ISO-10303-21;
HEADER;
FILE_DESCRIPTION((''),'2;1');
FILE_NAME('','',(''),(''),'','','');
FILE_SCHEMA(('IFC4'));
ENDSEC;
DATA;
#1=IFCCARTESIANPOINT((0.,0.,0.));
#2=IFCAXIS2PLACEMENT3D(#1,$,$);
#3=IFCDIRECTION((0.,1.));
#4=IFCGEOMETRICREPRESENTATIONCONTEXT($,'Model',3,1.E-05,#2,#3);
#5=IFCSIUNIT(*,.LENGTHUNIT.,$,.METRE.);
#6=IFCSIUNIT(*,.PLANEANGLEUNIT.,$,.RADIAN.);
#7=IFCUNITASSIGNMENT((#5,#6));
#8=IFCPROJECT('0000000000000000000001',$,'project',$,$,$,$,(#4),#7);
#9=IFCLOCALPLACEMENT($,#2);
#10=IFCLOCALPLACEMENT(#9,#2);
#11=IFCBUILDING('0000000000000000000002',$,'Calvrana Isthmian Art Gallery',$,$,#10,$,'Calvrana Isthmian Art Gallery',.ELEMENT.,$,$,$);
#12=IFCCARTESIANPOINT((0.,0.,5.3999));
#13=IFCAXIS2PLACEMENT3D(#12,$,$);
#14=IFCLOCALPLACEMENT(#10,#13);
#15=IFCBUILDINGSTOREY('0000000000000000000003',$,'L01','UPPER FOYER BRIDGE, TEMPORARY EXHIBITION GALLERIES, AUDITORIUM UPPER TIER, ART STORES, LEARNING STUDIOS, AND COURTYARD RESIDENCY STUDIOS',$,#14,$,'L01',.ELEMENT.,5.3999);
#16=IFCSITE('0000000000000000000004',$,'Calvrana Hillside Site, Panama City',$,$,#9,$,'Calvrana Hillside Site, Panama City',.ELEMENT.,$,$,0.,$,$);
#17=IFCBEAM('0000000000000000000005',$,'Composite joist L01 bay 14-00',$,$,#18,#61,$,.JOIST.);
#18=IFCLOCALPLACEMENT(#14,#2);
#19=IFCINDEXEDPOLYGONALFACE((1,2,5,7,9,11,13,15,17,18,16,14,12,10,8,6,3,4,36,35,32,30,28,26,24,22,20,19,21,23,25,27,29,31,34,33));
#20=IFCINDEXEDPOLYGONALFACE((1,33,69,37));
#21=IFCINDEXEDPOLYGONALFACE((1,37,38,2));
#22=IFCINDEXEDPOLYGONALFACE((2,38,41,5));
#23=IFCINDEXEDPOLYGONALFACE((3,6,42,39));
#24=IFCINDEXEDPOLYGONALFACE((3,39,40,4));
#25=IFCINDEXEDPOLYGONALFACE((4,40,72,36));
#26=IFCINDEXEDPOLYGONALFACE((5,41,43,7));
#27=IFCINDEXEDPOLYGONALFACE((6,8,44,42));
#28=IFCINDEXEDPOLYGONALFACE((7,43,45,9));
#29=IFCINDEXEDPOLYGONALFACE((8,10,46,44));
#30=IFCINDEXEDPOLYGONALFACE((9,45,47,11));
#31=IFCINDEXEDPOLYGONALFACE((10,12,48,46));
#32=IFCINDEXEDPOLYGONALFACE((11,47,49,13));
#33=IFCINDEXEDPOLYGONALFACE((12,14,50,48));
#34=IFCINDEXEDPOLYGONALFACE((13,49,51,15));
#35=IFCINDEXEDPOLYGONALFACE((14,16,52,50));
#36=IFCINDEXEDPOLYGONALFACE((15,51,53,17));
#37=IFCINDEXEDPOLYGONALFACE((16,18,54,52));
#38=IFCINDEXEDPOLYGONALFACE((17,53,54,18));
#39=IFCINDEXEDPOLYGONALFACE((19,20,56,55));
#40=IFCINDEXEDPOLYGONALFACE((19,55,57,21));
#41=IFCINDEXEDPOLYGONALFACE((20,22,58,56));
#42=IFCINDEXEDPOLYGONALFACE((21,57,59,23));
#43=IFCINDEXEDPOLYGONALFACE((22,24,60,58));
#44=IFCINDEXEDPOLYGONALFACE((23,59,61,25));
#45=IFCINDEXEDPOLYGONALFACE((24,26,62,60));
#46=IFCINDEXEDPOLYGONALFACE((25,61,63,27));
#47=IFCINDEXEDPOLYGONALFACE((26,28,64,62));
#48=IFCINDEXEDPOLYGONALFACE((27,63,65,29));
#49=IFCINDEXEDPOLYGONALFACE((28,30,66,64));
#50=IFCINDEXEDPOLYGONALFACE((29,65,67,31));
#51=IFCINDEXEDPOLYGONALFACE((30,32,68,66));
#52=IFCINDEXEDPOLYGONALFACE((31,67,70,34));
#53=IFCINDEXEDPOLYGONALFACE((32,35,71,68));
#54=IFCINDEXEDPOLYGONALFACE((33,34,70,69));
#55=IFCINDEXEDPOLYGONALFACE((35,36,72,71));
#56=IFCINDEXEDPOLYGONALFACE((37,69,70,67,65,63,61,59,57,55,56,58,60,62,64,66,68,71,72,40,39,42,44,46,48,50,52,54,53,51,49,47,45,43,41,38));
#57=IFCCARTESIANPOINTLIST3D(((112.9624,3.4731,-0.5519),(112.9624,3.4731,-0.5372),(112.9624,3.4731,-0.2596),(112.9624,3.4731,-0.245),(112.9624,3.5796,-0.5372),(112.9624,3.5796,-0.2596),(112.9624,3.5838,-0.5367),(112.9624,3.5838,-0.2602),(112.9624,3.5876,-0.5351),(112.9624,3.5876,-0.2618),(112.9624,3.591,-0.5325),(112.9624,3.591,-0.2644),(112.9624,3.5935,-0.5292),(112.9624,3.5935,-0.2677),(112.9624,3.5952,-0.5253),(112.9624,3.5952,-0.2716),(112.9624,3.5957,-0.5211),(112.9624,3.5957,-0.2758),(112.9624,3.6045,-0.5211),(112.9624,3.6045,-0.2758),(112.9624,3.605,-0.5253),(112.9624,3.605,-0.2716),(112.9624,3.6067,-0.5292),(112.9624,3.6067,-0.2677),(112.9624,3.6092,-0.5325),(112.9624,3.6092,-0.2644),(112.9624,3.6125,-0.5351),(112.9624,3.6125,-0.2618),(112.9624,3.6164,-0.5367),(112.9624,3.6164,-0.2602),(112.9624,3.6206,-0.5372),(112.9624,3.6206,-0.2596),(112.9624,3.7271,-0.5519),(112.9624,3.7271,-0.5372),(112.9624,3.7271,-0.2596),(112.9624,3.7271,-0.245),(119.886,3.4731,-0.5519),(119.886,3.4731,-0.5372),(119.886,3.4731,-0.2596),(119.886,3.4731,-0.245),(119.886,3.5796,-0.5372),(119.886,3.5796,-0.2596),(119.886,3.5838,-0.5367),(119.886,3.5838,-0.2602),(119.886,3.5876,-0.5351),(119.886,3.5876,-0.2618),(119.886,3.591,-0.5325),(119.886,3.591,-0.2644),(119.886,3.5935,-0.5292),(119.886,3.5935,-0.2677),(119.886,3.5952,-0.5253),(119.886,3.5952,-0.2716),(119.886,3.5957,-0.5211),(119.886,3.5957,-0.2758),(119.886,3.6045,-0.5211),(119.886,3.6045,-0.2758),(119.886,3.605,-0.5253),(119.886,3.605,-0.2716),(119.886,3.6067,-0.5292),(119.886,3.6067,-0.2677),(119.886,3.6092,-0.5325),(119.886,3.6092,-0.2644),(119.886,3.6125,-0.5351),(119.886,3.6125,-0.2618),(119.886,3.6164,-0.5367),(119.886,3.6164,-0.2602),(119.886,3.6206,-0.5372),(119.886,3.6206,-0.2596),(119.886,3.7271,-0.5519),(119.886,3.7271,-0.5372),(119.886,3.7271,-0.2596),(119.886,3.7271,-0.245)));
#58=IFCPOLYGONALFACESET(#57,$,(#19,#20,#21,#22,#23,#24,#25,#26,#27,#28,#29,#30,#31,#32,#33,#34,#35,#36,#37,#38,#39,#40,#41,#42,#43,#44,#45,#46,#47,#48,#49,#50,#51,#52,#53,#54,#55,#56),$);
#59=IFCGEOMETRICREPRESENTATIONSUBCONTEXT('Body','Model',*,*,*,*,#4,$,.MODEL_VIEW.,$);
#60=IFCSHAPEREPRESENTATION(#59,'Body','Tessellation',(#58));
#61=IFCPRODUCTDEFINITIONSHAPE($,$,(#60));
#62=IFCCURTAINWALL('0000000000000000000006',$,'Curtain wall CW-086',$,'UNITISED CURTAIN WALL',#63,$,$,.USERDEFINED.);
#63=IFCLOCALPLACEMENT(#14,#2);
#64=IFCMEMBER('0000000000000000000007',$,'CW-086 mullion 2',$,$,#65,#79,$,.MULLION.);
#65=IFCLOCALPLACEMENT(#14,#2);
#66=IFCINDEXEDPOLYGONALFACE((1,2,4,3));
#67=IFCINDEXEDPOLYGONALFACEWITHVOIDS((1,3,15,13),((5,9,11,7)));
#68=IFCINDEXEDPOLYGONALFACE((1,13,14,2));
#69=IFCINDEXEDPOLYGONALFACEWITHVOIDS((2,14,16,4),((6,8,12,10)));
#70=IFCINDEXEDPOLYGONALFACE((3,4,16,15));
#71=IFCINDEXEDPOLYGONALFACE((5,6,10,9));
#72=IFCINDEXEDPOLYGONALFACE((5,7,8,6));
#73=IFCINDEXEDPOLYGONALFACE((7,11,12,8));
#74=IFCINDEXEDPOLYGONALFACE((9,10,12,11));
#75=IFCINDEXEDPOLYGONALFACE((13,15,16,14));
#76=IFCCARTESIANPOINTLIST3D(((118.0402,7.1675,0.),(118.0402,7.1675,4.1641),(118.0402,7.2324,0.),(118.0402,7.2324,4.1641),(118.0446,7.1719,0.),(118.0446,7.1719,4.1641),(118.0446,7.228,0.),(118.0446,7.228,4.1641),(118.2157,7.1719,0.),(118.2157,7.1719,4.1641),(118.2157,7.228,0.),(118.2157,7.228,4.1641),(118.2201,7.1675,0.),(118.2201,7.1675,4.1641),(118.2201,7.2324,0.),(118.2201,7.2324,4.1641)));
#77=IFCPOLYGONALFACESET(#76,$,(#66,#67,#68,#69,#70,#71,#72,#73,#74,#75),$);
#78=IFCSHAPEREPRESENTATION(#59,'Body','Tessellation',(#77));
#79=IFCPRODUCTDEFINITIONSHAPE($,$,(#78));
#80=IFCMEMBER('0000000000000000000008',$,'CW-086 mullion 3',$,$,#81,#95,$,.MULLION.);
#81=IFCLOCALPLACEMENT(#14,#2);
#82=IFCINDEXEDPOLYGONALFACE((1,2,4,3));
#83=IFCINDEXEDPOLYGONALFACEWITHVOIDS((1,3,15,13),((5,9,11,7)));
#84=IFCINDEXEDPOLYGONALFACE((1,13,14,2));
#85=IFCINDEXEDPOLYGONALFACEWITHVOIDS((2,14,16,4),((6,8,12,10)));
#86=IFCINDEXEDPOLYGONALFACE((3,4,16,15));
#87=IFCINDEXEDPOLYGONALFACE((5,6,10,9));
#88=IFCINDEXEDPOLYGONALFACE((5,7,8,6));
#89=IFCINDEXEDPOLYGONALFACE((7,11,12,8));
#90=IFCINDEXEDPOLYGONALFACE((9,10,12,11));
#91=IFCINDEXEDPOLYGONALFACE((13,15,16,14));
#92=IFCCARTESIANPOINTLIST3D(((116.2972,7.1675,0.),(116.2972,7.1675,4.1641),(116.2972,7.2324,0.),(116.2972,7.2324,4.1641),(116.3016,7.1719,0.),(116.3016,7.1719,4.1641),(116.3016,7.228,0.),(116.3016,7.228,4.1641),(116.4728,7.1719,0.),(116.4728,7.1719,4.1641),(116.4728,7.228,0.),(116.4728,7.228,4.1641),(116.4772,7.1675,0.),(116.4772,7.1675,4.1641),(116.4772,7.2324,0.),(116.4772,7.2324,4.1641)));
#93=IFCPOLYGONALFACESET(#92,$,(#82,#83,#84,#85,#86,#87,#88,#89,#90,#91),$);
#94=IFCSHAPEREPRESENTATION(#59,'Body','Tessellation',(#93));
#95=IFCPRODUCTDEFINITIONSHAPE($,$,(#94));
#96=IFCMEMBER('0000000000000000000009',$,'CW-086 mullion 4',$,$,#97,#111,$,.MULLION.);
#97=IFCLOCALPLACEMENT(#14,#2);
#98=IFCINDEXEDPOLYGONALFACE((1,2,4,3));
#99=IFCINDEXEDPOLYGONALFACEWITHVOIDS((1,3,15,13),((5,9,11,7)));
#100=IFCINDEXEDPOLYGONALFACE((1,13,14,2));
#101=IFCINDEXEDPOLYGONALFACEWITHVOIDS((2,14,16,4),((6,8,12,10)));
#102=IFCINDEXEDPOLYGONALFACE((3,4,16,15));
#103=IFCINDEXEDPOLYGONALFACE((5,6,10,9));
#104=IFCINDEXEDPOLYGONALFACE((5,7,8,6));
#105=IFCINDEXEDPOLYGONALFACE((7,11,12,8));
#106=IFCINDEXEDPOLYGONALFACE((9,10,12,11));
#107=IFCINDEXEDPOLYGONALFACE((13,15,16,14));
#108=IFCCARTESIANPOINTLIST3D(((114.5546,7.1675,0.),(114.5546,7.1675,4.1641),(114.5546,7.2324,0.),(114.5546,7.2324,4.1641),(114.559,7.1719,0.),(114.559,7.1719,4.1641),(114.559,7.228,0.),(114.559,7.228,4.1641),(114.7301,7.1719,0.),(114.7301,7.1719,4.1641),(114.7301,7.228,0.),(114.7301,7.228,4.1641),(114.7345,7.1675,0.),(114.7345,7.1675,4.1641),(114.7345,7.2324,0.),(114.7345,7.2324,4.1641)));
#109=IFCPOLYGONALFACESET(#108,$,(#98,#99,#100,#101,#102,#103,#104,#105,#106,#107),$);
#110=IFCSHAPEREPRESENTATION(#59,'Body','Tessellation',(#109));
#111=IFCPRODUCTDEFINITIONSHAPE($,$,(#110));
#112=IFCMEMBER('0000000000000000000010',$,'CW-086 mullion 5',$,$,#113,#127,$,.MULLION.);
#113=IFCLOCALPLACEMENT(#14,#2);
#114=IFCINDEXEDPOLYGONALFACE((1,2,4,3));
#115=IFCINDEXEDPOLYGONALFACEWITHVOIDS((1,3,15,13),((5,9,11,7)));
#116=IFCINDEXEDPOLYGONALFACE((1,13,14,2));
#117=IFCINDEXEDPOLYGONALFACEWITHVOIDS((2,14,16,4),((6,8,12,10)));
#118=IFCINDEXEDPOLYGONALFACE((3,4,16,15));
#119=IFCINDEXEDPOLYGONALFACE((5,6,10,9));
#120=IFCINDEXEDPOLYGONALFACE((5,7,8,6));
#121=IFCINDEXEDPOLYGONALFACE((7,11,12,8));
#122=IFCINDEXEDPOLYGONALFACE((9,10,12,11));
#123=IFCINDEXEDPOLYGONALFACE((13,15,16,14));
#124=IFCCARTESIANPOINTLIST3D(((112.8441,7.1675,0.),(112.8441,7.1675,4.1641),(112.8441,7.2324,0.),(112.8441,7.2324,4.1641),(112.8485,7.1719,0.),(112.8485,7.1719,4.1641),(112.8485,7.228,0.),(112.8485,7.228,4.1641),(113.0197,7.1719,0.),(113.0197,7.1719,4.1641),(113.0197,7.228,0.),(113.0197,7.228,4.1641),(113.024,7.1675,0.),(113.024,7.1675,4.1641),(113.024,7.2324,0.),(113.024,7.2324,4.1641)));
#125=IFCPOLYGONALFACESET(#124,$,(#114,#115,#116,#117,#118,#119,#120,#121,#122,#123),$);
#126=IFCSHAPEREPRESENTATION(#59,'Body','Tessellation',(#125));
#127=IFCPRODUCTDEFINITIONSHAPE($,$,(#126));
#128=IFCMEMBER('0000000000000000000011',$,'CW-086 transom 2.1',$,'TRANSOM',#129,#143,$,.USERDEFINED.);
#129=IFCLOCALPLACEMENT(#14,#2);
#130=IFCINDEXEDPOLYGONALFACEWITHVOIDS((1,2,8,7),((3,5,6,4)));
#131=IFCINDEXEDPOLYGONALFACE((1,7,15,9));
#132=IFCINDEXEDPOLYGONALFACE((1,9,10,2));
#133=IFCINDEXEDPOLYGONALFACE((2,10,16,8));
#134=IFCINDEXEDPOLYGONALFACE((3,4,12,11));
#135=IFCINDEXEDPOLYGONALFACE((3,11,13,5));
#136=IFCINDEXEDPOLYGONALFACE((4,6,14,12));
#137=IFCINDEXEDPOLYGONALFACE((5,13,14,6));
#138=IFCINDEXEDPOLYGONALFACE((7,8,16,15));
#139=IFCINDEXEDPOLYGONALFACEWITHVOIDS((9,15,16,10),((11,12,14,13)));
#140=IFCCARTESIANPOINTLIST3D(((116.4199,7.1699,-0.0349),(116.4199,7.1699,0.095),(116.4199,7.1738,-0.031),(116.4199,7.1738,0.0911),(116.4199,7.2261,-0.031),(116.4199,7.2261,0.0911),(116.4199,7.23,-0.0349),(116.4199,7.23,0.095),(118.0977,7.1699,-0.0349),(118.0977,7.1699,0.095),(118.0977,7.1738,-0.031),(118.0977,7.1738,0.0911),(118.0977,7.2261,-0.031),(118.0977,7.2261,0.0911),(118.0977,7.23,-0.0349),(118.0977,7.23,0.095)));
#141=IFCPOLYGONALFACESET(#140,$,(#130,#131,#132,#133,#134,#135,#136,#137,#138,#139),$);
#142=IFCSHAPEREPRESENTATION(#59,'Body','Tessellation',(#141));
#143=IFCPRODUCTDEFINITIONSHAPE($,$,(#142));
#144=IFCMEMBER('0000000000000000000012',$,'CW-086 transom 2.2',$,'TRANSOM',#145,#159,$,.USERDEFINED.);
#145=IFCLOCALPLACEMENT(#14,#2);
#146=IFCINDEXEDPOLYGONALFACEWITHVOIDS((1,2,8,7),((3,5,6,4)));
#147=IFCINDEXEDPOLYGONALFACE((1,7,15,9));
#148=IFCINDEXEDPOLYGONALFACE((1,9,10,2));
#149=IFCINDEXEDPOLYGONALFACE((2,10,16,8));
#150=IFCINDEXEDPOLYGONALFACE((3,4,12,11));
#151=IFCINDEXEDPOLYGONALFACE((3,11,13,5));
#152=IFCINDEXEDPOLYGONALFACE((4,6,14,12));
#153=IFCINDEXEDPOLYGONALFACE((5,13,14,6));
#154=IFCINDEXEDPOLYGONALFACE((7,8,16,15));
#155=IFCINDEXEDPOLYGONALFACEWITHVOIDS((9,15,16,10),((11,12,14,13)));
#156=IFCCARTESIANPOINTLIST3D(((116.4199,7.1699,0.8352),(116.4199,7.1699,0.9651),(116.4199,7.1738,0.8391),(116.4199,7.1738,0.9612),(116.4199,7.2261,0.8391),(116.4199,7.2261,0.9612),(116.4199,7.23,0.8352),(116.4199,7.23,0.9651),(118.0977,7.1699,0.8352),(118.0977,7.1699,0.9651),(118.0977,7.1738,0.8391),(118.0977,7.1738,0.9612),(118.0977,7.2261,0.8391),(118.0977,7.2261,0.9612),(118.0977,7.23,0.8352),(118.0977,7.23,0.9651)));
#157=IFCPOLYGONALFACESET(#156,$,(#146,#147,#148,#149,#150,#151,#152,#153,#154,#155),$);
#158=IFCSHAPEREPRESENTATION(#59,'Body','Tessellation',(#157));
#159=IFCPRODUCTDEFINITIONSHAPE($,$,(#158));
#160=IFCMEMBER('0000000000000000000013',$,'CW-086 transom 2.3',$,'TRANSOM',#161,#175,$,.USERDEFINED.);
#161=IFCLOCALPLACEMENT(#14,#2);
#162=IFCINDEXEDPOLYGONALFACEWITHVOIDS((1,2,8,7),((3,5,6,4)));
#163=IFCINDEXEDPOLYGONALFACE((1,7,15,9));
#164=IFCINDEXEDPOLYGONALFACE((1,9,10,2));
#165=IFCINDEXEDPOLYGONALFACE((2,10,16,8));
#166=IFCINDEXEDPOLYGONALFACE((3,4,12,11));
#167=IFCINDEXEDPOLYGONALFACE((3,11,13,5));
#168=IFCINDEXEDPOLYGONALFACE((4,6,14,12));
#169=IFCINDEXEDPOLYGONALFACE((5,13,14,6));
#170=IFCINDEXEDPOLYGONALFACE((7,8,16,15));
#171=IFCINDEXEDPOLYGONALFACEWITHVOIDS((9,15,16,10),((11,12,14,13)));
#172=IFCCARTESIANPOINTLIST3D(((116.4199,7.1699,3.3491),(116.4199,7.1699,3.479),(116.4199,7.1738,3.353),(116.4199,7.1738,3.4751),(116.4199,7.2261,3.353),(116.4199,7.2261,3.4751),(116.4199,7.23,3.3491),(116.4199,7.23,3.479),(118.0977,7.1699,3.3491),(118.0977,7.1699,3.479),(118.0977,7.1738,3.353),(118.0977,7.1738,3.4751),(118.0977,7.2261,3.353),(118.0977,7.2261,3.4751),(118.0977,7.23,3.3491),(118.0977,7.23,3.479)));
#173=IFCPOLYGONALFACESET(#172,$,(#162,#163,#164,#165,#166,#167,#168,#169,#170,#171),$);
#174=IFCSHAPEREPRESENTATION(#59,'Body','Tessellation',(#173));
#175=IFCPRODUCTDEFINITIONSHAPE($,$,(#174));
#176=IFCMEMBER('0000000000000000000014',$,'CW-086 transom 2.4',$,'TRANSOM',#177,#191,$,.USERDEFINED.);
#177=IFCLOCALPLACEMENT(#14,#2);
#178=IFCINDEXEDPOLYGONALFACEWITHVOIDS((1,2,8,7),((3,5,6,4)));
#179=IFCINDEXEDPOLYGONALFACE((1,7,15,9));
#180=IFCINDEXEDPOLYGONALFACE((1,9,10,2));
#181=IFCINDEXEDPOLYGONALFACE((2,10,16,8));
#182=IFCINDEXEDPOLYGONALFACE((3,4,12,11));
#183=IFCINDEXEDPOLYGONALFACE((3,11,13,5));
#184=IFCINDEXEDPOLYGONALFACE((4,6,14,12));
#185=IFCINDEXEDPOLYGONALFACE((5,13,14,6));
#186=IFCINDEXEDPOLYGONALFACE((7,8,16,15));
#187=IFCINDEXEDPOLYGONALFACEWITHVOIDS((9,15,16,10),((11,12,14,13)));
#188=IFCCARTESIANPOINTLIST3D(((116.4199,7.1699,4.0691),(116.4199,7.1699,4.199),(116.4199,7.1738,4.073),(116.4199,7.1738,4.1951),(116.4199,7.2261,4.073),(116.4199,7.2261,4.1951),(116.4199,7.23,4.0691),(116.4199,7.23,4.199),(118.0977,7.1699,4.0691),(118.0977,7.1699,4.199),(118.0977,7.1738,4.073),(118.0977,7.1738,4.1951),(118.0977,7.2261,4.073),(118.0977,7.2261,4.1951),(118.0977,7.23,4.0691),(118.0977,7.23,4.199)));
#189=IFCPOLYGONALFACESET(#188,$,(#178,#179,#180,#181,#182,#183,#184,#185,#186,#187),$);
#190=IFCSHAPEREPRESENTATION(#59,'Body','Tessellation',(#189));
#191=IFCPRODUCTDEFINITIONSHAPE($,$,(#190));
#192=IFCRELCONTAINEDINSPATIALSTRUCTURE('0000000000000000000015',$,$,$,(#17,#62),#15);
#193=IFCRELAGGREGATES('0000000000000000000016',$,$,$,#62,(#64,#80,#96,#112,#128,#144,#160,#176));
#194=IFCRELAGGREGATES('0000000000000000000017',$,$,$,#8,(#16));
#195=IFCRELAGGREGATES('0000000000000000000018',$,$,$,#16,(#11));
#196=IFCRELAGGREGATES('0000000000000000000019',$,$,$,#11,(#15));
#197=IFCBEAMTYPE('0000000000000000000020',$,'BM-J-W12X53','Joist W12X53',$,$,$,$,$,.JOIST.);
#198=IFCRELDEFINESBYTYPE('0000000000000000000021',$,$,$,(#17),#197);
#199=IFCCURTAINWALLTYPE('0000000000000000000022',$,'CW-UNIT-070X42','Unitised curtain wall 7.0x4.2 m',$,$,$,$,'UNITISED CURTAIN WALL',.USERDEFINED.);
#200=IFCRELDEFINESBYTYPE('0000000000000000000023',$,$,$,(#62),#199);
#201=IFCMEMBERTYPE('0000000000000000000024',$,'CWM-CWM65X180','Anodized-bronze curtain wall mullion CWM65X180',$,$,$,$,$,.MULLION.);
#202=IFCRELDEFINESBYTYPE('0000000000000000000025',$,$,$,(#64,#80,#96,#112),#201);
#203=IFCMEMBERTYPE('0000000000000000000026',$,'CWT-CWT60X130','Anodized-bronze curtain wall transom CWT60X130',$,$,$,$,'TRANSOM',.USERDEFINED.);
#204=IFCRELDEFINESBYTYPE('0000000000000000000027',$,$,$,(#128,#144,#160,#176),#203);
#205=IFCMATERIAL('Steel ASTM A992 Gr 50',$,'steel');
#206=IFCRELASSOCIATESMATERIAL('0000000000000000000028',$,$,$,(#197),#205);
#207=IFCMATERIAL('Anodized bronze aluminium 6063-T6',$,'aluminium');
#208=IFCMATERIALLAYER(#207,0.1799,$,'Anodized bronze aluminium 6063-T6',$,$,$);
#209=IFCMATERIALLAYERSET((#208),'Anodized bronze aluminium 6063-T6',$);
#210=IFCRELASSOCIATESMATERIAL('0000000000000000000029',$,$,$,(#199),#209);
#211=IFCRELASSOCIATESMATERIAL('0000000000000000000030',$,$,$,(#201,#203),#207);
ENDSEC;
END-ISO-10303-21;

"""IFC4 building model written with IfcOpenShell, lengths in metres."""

from ifc_helpers import new_model, si_unit, direction, frame, origin, origin_2d, place, context, subcontext, project, spatial, hollow_rectangle, i_section, extrude, material, layer, layer_set, material_profile, profile_set, type_object, element, aggregate, save


model = new_model("IFC4")

# Units and contexts
model_context = context("Model", 3, precision=1e-05, world=origin(), true_north=direction((0.0, 1.0)))
body_context = subcontext(model_context, "Body", "Model", "MODEL_VIEW")
ifc_project = project(units=[si_unit("LENGTHUNIT", "METRE"), si_unit("PLANEANGLEUNIT", "RADIAN")], contexts=[model_context])

# Site, building, storey
site_placement = place(None, origin())
site = spatial("IfcSite", under=ifc_project, at=site_placement, Name="Calvrana Hillside Site, Panama City", LongName="Calvrana Hillside Site, Panama City", CompositionType="ELEMENT", RefElevation=0.0)
building_placement = place(site_placement, origin())
building = spatial("IfcBuilding", under=site, at=building_placement, Name="Calvrana Isthmian Art Gallery", LongName="Calvrana Isthmian Art Gallery", CompositionType="ELEMENT")
storey_placement = place(building_placement, frame((0.0, 0.0, 5.3999)))
storey = spatial("IfcBuildingStorey", under=building, at=storey_placement, Name="L01", Description="UPPER FOYER BRIDGE, TEMPORARY EXHIBITION GALLERIES, AUDITORIUM UPPER TIER, ART STORES, LEARNING STUDIOS, AND COURTYARD RESIDENCY STUDIOS", LongName="L01", CompositionType="ELEMENT", Elevation=5.3999)

# Beam
ifc_material_1 = material(Name="Steel ASTM A992 Gr 50", Category="steel")
ifc_material_profile_1 = material_profile(ifc_material_1, i_section(OverallWidth=0.2539, OverallDepth=0.3069, WebThickness=0.0088, FlangeThickness=0.0146, FilletRadius=0.0161, at=origin_2d()), Name="W12X53")
ifc_profile_set_1 = profile_set([ifc_material_profile_1], Name="Steel ASTM A992 Gr 50")
beam_type_1 = type_object("IfcBeamType", Name="BM-J-W12X53", Description="Joist W12X53", PredefinedType="JOIST", material=ifc_profile_set_1)
beam_1_placement = place(storey_placement, frame((112.9624, 3.6001, -0.3984), z_axis=(1.0, 0.0, 0.0), x_axis=(0.0, 1.0, 0.0)))
element("IfcBeam", 1, at=beam_1_placement, inside=storey, type_object=beam_type_1, Name="Composite joist L01 bay 14-00", PredefinedType="JOIST", context=body_context, shape_type="SweptSolid", body=[
    extrude(i_section(OverallWidth=0.2539, OverallDepth=0.3069, WebThickness=0.0088, FlangeThickness=0.0146, FilletRadius=0.0161, at=origin_2d()), origin(), (0.0, 0.0, 1.0), 6.9236),
])

# Curtain wall, members
ifc_material_2 = material(Name="Anodized bronze aluminium 6063-T6", Category="aluminium")
ifc_layer_1 = layer(ifc_material_2, 0.1799, Name="Anodized bronze aluminium 6063-T6")
ifc_layer_set_1 = layer_set([ifc_layer_1], Name="Anodized bronze aluminium 6063-T6")
curtain_wall_type = type_object("IfcCurtainWallType", Name="CW-UNIT-070X42", Description="Unitised curtain wall 7.0x4.2 m", ElementType="UNITISED CURTAIN WALL", PredefinedType="USERDEFINED", material=ifc_layer_set_1)
curtain_wall_placement = place(storey_placement, origin())
curtain_wall = element("IfcCurtainWall", 2, at=curtain_wall_placement, inside=storey, type_object=curtain_wall_type, Name="Curtain wall CW-086", ObjectType="UNITISED CURTAIN WALL", PredefinedType="USERDEFINED")
ifc_material_profile_2 = material_profile(ifc_material_2, hollow_rectangle(XDim=0.0649, YDim=0.1799, WallThickness=0.0044, at=origin_2d()), Name="CWM65X180")
ifc_profile_set_2 = profile_set([ifc_material_profile_2], Name="Anodized bronze aluminium 6063-T6")
member_type_1 = type_object("IfcMemberType", Name="CWM-CWM65X180", Description="Anodized-bronze curtain wall mullion CWM65X180", PredefinedType="MULLION", material=ifc_profile_set_2)
member_1_placement = place(storey_placement, frame((118.1301, 7.2, 0.0), z_axis=(0.0, 0.0, 1.0), x_axis=(0.0, -1.0, 0.0)))
member_1 = element("IfcMember", 3, at=member_1_placement, type_object=member_type_1, Name="CW-086 mullion 2", PredefinedType="MULLION", context=body_context, shape_type="SweptSolid", body=[
    extrude(hollow_rectangle(XDim=0.0649, YDim=0.1799, WallThickness=0.0044, at=origin_2d()), origin(), (0.0, 0.0, 1.0), 4.1641),
])
member_2_placement = place(storey_placement, frame((116.3872, 7.2, 0.0), z_axis=(0.0, 0.0, 1.0), x_axis=(0.0, -1.0, 0.0)))
member_2 = element("IfcMember", 4, at=member_2_placement, type_object=member_type_1, Name="CW-086 mullion 3", PredefinedType="MULLION", context=body_context, shape_type="SweptSolid", body=[
    extrude(hollow_rectangle(XDim=0.0649, YDim=0.1799, WallThickness=0.0044, at=origin_2d()), origin(), (0.0, 0.0, 1.0), 4.1641),
])
member_3_placement = place(storey_placement, frame((114.6445, 7.2, 0.0), z_axis=(0.0, 0.0, 1.0), x_axis=(0.0, -1.0, 0.0)))
member_3 = element("IfcMember", 5, at=member_3_placement, type_object=member_type_1, Name="CW-086 mullion 4", PredefinedType="MULLION", context=body_context, shape_type="SweptSolid", body=[
    extrude(hollow_rectangle(XDim=0.0649, YDim=0.1799, WallThickness=0.0044, at=origin_2d()), origin(), (0.0, 0.0, 1.0), 4.1641),
])
member_4_placement = place(storey_placement, frame((112.9341, 7.2, 0.0), z_axis=(0.0, 0.0, 1.0), x_axis=(0.0, -1.0, 0.0)))
member_4 = element("IfcMember", 6, at=member_4_placement, type_object=member_type_1, Name="CW-086 mullion 5", PredefinedType="MULLION", context=body_context, shape_type="SweptSolid", body=[
    extrude(hollow_rectangle(XDim=0.0649, YDim=0.1799, WallThickness=0.0044, at=origin_2d()), origin(), (0.0, 0.0, 1.0), 4.1641),
])
ifc_material_profile_3 = material_profile(ifc_material_2, hollow_rectangle(XDim=0.0601, YDim=0.1299, WallThickness=0.0039, at=origin_2d()), Name="CWT60X130")
ifc_profile_set_3 = profile_set([ifc_material_profile_3], Name="Anodized bronze aluminium 6063-T6")
member_type_2 = type_object("IfcMemberType", Name="CWT-CWT60X130", Description="Anodized-bronze curtain wall transom CWT60X130", ElementType="TRANSOM", PredefinedType="USERDEFINED", material=ifc_profile_set_3)
member_5_placement = place(storey_placement, frame((118.0977, 7.2, 0.03), z_axis=(-1.0, 0.0, 0.0), x_axis=(0.0, -1.0, 0.0)))
member_5 = element("IfcMember", 7, at=member_5_placement, type_object=member_type_2, Name="CW-086 transom 2.1", ObjectType="TRANSOM", PredefinedType="USERDEFINED", context=body_context, shape_type="SweptSolid", body=[
    extrude(hollow_rectangle(XDim=0.0601, YDim=0.1299, WallThickness=0.0039, at=origin_2d()), origin(), (0.0, 0.0, 1.0), 1.6777),
])
member_6_placement = place(storey_placement, frame((118.0977, 7.2, 0.9001), z_axis=(-1.0, 0.0, 0.0), x_axis=(0.0, -1.0, 0.0)))
member_6 = element("IfcMember", 8, at=member_6_placement, type_object=member_type_2, Name="CW-086 transom 2.2", ObjectType="TRANSOM", PredefinedType="USERDEFINED", context=body_context, shape_type="SweptSolid", body=[
    extrude(hollow_rectangle(XDim=0.0601, YDim=0.1299, WallThickness=0.0039, at=origin_2d()), origin(), (0.0, 0.0, 1.0), 1.6777),
])
member_7_placement = place(storey_placement, frame((118.0977, 7.2, 3.4141), z_axis=(-1.0, 0.0, 0.0), x_axis=(0.0, -1.0, 0.0)))
member_7 = element("IfcMember", 9, at=member_7_placement, type_object=member_type_2, Name="CW-086 transom 2.3", ObjectType="TRANSOM", PredefinedType="USERDEFINED", context=body_context, shape_type="SweptSolid", body=[
    extrude(hollow_rectangle(XDim=0.0601, YDim=0.1299, WallThickness=0.0039, at=origin_2d()), origin(), (0.0, 0.0, 1.0), 1.6777),
])
member_8_placement = place(storey_placement, frame((118.0977, 7.2, 4.134), z_axis=(-1.0, 0.0, 0.0), x_axis=(0.0, -1.0, 0.0)))
member_8 = element("IfcMember", 10, at=member_8_placement, type_object=member_type_2, Name="CW-086 transom 2.4", ObjectType="TRANSOM", PredefinedType="USERDEFINED", context=body_context, shape_type="SweptSolid", body=[
    extrude(hollow_rectangle(XDim=0.0601, YDim=0.1299, WallThickness=0.0039, at=origin_2d()), origin(), (0.0, 0.0, 1.0), 1.6777),
])
aggregate(curtain_wall, [member_1, member_2, member_3, member_4, member_5, member_6, member_7, member_8])

save(model, "model.ifc")
